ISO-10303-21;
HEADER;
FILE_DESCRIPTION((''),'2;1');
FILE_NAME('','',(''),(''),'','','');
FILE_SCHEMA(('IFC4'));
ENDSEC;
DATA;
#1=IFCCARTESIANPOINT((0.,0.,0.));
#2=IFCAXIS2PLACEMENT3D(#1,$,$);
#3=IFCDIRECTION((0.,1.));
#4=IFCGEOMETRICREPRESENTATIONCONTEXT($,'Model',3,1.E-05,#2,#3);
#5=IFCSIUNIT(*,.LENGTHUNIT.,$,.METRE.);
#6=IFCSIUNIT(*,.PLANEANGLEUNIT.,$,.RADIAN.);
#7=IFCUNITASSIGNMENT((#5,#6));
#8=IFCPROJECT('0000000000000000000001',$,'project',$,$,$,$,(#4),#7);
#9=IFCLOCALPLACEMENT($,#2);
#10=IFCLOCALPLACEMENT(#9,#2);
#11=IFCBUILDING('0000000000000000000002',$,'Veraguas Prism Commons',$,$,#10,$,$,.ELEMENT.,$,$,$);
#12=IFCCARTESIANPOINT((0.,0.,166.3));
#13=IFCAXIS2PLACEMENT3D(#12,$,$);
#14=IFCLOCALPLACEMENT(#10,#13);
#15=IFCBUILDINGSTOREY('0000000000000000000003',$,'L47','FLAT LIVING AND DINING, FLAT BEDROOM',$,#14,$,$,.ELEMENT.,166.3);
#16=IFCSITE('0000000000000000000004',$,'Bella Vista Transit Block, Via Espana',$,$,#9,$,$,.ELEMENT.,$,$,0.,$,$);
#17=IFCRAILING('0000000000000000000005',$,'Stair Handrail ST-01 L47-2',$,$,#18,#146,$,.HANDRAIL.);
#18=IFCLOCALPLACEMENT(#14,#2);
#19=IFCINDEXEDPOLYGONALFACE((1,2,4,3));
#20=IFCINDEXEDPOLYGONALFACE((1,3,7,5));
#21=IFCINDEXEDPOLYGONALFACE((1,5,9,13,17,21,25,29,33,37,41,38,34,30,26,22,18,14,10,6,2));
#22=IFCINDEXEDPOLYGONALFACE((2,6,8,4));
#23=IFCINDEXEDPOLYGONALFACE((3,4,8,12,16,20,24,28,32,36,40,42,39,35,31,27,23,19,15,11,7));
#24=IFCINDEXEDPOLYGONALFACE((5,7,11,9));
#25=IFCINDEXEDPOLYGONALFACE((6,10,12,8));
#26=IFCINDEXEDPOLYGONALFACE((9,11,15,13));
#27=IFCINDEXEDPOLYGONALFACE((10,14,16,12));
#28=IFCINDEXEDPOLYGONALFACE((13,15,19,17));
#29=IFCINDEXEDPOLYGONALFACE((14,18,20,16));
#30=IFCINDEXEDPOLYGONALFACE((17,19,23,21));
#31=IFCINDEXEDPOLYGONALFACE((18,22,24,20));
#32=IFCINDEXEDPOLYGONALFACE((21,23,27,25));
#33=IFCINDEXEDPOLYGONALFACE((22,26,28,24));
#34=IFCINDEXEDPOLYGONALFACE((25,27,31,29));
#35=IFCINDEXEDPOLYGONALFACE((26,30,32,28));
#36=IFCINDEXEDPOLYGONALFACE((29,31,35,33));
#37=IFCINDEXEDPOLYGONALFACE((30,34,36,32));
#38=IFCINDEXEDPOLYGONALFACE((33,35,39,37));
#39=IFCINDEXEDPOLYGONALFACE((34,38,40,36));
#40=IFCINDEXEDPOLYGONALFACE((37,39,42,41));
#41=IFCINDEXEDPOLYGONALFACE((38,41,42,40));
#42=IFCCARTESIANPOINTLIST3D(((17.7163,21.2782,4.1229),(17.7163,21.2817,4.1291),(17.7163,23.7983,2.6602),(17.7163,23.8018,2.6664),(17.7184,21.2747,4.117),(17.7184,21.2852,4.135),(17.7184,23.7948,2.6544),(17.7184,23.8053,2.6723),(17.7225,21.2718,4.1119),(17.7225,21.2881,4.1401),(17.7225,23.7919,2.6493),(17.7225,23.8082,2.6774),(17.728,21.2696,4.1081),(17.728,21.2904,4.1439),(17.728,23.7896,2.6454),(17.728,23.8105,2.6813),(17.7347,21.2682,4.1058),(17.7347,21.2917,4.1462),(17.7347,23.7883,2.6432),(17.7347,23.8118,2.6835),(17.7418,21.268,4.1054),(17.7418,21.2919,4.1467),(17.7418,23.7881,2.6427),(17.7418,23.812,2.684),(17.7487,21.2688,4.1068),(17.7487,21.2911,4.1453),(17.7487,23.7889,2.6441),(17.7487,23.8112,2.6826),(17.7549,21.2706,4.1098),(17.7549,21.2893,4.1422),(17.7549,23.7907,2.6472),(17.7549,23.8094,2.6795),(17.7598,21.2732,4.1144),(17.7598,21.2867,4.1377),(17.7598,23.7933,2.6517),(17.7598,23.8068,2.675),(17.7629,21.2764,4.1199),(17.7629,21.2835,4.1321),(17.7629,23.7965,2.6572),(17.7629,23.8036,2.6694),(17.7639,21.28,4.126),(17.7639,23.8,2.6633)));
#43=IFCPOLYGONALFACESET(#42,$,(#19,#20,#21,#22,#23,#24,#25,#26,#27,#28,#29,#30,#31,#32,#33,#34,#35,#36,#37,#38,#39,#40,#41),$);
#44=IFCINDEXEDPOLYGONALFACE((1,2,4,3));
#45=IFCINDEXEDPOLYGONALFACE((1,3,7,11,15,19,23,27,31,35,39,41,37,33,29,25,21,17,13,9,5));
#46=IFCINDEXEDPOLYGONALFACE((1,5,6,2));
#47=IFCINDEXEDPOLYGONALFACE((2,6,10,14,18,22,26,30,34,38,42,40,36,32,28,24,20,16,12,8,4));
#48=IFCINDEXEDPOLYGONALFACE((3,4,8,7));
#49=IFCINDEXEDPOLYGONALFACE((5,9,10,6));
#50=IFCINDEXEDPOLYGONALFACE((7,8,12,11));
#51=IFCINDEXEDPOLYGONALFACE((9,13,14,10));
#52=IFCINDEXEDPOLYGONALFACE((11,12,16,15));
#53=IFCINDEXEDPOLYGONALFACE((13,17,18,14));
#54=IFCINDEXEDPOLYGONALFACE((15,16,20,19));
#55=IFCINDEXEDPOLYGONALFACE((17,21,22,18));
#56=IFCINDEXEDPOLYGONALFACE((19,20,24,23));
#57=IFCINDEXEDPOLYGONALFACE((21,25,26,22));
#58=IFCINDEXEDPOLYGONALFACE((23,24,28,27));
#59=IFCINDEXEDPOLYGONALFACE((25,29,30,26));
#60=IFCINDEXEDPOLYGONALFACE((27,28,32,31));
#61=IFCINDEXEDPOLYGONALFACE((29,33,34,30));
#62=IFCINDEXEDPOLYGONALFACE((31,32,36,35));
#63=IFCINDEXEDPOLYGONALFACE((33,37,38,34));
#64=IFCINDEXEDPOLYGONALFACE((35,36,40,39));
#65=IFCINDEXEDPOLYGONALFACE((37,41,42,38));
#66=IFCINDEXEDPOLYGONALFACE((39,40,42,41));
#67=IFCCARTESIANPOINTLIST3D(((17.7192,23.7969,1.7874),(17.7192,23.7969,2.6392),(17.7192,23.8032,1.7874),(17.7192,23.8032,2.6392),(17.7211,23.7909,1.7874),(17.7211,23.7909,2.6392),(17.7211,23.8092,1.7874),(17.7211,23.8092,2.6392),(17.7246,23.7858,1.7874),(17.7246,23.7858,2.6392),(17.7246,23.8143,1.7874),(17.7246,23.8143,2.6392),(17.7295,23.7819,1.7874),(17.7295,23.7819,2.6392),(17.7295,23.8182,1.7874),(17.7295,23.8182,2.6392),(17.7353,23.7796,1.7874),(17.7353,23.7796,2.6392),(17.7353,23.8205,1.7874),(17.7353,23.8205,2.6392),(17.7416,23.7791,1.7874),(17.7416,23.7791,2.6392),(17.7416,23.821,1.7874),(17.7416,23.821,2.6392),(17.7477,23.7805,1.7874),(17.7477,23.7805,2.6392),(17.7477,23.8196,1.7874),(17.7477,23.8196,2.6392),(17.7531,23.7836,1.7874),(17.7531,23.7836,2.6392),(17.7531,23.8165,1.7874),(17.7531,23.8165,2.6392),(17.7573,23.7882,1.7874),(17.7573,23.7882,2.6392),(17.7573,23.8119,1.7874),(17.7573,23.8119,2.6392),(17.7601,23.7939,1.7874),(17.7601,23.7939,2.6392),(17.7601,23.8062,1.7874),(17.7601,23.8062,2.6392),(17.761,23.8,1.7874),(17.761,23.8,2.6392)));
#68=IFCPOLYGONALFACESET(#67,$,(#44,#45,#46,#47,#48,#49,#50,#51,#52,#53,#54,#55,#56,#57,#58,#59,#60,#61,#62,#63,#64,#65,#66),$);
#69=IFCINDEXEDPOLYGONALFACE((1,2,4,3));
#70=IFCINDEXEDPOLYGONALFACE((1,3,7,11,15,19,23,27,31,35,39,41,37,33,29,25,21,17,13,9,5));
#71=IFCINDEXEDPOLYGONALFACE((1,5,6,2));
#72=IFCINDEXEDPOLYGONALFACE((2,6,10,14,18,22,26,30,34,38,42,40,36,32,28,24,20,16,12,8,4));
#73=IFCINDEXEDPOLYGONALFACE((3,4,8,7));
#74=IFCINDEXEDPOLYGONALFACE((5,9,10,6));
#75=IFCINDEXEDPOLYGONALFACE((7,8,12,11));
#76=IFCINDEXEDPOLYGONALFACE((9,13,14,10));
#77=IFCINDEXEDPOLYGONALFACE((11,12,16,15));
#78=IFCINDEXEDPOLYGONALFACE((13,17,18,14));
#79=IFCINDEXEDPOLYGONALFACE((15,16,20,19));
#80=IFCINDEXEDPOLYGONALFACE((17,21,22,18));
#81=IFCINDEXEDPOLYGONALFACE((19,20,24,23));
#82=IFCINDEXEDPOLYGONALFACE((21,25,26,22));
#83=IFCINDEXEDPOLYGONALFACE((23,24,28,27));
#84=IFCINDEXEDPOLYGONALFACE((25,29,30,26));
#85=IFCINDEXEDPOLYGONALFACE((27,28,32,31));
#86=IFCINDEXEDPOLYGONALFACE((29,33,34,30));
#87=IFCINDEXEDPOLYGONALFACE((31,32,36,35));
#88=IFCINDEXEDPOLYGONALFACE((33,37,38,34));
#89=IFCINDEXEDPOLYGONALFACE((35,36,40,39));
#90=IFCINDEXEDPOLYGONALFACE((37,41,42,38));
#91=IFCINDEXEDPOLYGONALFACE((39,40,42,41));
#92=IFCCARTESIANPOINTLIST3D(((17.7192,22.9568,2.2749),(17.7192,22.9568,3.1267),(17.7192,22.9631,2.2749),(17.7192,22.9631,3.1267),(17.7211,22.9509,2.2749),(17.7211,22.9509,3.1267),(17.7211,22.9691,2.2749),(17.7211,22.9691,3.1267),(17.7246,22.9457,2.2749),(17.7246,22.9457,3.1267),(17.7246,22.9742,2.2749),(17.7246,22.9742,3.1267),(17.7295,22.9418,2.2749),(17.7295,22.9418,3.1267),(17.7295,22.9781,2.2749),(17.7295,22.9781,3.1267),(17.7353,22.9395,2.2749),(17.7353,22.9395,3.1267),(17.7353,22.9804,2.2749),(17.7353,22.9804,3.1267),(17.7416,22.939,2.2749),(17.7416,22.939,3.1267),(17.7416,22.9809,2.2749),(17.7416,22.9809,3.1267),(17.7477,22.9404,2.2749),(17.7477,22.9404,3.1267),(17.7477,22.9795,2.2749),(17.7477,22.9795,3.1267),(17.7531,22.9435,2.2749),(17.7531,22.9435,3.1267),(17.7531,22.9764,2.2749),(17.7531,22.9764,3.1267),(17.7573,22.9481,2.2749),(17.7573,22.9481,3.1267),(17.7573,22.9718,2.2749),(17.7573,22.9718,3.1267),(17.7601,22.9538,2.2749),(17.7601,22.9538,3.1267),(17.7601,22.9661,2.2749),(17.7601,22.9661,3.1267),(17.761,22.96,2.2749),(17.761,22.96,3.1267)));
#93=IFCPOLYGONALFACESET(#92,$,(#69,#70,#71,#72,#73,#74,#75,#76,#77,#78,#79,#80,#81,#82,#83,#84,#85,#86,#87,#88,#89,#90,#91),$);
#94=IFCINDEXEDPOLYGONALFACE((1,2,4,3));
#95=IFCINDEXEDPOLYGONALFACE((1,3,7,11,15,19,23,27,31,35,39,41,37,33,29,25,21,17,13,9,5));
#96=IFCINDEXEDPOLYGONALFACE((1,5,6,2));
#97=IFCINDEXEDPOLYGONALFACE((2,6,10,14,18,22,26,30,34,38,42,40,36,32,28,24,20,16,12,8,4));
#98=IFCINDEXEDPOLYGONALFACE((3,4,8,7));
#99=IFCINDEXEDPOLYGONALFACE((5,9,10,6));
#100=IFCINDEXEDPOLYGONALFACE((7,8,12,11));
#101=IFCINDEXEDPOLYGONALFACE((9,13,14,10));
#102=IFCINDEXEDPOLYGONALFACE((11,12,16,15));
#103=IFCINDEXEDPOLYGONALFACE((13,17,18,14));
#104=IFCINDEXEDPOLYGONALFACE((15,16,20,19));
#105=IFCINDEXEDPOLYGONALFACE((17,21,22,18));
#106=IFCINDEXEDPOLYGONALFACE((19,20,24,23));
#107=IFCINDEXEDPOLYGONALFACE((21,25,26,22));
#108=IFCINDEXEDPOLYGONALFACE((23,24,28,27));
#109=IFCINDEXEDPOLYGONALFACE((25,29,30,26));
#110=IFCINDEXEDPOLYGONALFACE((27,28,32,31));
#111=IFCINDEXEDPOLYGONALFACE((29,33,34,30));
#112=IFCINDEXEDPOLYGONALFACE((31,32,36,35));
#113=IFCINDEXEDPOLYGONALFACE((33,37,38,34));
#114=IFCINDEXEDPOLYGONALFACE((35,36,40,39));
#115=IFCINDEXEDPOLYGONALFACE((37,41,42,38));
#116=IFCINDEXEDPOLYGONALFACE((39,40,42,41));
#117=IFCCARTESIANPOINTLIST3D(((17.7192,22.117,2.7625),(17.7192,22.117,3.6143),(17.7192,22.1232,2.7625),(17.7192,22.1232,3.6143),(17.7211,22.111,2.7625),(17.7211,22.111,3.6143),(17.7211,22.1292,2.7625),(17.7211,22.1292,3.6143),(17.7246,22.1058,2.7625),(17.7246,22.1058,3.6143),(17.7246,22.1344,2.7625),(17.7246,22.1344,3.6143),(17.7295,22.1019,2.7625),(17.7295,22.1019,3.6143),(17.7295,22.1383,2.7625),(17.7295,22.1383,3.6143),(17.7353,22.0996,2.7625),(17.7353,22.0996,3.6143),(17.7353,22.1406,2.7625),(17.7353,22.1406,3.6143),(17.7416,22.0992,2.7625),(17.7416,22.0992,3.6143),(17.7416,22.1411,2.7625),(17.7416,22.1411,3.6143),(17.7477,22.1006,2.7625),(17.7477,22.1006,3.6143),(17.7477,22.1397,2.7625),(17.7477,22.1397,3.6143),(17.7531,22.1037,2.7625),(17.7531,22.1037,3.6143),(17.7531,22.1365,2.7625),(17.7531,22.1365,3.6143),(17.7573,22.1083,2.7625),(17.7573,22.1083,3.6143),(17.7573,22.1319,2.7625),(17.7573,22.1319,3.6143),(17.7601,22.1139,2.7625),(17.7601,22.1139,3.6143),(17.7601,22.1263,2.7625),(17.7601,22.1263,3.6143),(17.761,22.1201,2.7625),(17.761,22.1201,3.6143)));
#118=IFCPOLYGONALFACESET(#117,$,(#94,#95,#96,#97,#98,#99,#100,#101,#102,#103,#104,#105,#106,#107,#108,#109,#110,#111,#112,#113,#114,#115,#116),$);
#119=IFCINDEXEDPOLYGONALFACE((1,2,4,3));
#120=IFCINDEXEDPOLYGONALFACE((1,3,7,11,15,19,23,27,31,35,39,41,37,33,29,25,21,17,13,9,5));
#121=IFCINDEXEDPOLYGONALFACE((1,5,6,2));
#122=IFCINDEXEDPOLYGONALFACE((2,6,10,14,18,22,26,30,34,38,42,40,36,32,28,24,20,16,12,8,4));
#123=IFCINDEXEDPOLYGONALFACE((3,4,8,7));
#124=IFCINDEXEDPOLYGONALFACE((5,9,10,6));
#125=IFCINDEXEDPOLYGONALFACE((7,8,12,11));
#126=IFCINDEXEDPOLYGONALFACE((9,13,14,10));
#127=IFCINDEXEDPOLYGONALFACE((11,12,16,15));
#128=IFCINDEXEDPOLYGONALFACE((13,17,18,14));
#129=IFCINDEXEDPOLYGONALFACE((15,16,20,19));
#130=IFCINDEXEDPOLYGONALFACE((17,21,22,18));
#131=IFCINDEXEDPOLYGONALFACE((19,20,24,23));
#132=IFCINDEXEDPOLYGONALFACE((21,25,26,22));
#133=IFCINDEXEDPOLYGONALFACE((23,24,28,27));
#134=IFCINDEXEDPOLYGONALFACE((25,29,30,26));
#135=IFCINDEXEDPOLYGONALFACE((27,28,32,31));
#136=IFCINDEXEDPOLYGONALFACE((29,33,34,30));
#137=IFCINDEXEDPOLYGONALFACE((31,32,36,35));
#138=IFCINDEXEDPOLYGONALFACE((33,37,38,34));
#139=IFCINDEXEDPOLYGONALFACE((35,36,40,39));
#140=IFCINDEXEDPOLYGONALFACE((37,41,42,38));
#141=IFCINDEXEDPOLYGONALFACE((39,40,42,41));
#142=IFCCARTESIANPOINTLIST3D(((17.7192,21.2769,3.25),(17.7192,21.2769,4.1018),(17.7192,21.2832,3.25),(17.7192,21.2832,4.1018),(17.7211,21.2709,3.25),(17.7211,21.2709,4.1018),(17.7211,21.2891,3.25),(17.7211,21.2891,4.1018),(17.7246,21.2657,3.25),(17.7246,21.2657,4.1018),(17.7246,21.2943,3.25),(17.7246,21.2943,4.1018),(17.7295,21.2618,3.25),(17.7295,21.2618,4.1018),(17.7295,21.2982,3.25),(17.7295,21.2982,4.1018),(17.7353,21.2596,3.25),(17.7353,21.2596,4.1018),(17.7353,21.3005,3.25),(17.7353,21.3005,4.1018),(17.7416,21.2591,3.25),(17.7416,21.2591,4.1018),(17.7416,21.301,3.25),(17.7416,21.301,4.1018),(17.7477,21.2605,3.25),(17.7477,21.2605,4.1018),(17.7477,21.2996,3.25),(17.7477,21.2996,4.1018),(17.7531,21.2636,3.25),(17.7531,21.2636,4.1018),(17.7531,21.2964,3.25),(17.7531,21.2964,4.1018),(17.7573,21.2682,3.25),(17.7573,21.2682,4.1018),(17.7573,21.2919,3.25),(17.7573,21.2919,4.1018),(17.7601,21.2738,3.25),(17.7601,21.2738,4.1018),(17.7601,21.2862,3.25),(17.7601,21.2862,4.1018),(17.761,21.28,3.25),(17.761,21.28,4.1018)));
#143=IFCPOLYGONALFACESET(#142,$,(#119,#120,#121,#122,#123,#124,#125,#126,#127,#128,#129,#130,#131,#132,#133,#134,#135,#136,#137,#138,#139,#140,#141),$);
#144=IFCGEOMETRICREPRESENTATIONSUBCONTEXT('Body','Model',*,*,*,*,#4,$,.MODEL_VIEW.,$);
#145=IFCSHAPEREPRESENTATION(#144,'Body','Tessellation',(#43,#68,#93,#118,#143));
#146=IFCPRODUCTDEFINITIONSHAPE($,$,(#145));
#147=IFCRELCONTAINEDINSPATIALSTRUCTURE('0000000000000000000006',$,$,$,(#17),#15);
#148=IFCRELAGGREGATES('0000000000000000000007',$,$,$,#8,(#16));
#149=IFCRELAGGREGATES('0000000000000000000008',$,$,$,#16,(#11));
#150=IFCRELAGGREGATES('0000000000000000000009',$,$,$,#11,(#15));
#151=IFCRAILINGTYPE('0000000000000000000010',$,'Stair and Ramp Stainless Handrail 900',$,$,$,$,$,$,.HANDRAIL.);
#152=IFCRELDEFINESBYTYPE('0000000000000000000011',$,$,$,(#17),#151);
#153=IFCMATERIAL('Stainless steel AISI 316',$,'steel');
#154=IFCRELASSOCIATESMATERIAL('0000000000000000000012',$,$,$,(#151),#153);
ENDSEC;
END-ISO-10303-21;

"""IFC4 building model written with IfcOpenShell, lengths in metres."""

from ifc_helpers import new_model, si_unit, direction, frame, origin, origin_2d, place, context, subcontext, project, spatial, circle, extrude, material, type_object, element, save


model = new_model("IFC4")

# Units and contexts
model_context = context("Model", 3, precision=1e-05, world=origin(), true_north=direction((0.0, 1.0)))
body_context = subcontext(model_context, "Body", "Model", "MODEL_VIEW")
ifc_project = project(units=[si_unit("LENGTHUNIT", "METRE"), si_unit("PLANEANGLEUNIT", "RADIAN")], contexts=[model_context])

# Site, building, storey
site_placement = place(None, origin())
site = spatial("IfcSite", under=ifc_project, at=site_placement, Name="Bella Vista Transit Block, Via Espana", CompositionType="ELEMENT", RefElevation=0.0)
building_placement = place(site_placement, origin())
building = spatial("IfcBuilding", under=site, at=building_placement, Name="Veraguas Prism Commons", CompositionType="ELEMENT")
storey_placement = place(building_placement, frame((0.0, 0.0, 166.3)))
storey = spatial("IfcBuildingStorey", under=building, at=storey_placement, Name="L47", Description="FLAT LIVING AND DINING, FLAT BEDROOM", CompositionType="ELEMENT", Elevation=166.3)

# Railing
ifc_material_1 = material(Name="Stainless steel AISI 316", Category="steel")
railing_type_1 = type_object("IfcRailingType", Name="Stair and Ramp Stainless Handrail 900", PredefinedType="HANDRAIL", material=ifc_material_1)
railing_1_placement = place(storey_placement, frame((17.74, 23.8, 1.7874)))
element("IfcRailing", 1, at=railing_1_placement, inside=storey, type_object=railing_type_1, Name="Stair Handrail ST-01 L47-2", PredefinedType="HANDRAIL", context=body_context, shape_type="SweptSolid", body=[
    extrude(circle(Radius=0.0239, at=origin_2d()), frame((0.0, 0.0, 0.876), z_axis=(0.0, -0.864877, 0.501984), x_axis=(1.0, 0.0, 0.0)), (0.0, 0.0, 1.0), 2.9138),
    extrude(circle(Radius=0.021, at=origin_2d()), origin(), (0.0, 0.0, 1.0), 0.8518),
    extrude(circle(Radius=0.021, at=origin_2d()), frame((0.0, -0.8401, 0.4875)), (0.0, 0.0, 1.0), 0.8518),
    extrude(circle(Radius=0.021, at=origin_2d()), frame((0.0, -1.6799, 0.9751)), (0.0, 0.0, 1.0), 0.8518),
    extrude(circle(Radius=0.021, at=origin_2d()), frame((0.0, -2.52, 1.4626)), (0.0, 0.0, 1.0), 0.8518),
])

save(model, "model.ifc")
